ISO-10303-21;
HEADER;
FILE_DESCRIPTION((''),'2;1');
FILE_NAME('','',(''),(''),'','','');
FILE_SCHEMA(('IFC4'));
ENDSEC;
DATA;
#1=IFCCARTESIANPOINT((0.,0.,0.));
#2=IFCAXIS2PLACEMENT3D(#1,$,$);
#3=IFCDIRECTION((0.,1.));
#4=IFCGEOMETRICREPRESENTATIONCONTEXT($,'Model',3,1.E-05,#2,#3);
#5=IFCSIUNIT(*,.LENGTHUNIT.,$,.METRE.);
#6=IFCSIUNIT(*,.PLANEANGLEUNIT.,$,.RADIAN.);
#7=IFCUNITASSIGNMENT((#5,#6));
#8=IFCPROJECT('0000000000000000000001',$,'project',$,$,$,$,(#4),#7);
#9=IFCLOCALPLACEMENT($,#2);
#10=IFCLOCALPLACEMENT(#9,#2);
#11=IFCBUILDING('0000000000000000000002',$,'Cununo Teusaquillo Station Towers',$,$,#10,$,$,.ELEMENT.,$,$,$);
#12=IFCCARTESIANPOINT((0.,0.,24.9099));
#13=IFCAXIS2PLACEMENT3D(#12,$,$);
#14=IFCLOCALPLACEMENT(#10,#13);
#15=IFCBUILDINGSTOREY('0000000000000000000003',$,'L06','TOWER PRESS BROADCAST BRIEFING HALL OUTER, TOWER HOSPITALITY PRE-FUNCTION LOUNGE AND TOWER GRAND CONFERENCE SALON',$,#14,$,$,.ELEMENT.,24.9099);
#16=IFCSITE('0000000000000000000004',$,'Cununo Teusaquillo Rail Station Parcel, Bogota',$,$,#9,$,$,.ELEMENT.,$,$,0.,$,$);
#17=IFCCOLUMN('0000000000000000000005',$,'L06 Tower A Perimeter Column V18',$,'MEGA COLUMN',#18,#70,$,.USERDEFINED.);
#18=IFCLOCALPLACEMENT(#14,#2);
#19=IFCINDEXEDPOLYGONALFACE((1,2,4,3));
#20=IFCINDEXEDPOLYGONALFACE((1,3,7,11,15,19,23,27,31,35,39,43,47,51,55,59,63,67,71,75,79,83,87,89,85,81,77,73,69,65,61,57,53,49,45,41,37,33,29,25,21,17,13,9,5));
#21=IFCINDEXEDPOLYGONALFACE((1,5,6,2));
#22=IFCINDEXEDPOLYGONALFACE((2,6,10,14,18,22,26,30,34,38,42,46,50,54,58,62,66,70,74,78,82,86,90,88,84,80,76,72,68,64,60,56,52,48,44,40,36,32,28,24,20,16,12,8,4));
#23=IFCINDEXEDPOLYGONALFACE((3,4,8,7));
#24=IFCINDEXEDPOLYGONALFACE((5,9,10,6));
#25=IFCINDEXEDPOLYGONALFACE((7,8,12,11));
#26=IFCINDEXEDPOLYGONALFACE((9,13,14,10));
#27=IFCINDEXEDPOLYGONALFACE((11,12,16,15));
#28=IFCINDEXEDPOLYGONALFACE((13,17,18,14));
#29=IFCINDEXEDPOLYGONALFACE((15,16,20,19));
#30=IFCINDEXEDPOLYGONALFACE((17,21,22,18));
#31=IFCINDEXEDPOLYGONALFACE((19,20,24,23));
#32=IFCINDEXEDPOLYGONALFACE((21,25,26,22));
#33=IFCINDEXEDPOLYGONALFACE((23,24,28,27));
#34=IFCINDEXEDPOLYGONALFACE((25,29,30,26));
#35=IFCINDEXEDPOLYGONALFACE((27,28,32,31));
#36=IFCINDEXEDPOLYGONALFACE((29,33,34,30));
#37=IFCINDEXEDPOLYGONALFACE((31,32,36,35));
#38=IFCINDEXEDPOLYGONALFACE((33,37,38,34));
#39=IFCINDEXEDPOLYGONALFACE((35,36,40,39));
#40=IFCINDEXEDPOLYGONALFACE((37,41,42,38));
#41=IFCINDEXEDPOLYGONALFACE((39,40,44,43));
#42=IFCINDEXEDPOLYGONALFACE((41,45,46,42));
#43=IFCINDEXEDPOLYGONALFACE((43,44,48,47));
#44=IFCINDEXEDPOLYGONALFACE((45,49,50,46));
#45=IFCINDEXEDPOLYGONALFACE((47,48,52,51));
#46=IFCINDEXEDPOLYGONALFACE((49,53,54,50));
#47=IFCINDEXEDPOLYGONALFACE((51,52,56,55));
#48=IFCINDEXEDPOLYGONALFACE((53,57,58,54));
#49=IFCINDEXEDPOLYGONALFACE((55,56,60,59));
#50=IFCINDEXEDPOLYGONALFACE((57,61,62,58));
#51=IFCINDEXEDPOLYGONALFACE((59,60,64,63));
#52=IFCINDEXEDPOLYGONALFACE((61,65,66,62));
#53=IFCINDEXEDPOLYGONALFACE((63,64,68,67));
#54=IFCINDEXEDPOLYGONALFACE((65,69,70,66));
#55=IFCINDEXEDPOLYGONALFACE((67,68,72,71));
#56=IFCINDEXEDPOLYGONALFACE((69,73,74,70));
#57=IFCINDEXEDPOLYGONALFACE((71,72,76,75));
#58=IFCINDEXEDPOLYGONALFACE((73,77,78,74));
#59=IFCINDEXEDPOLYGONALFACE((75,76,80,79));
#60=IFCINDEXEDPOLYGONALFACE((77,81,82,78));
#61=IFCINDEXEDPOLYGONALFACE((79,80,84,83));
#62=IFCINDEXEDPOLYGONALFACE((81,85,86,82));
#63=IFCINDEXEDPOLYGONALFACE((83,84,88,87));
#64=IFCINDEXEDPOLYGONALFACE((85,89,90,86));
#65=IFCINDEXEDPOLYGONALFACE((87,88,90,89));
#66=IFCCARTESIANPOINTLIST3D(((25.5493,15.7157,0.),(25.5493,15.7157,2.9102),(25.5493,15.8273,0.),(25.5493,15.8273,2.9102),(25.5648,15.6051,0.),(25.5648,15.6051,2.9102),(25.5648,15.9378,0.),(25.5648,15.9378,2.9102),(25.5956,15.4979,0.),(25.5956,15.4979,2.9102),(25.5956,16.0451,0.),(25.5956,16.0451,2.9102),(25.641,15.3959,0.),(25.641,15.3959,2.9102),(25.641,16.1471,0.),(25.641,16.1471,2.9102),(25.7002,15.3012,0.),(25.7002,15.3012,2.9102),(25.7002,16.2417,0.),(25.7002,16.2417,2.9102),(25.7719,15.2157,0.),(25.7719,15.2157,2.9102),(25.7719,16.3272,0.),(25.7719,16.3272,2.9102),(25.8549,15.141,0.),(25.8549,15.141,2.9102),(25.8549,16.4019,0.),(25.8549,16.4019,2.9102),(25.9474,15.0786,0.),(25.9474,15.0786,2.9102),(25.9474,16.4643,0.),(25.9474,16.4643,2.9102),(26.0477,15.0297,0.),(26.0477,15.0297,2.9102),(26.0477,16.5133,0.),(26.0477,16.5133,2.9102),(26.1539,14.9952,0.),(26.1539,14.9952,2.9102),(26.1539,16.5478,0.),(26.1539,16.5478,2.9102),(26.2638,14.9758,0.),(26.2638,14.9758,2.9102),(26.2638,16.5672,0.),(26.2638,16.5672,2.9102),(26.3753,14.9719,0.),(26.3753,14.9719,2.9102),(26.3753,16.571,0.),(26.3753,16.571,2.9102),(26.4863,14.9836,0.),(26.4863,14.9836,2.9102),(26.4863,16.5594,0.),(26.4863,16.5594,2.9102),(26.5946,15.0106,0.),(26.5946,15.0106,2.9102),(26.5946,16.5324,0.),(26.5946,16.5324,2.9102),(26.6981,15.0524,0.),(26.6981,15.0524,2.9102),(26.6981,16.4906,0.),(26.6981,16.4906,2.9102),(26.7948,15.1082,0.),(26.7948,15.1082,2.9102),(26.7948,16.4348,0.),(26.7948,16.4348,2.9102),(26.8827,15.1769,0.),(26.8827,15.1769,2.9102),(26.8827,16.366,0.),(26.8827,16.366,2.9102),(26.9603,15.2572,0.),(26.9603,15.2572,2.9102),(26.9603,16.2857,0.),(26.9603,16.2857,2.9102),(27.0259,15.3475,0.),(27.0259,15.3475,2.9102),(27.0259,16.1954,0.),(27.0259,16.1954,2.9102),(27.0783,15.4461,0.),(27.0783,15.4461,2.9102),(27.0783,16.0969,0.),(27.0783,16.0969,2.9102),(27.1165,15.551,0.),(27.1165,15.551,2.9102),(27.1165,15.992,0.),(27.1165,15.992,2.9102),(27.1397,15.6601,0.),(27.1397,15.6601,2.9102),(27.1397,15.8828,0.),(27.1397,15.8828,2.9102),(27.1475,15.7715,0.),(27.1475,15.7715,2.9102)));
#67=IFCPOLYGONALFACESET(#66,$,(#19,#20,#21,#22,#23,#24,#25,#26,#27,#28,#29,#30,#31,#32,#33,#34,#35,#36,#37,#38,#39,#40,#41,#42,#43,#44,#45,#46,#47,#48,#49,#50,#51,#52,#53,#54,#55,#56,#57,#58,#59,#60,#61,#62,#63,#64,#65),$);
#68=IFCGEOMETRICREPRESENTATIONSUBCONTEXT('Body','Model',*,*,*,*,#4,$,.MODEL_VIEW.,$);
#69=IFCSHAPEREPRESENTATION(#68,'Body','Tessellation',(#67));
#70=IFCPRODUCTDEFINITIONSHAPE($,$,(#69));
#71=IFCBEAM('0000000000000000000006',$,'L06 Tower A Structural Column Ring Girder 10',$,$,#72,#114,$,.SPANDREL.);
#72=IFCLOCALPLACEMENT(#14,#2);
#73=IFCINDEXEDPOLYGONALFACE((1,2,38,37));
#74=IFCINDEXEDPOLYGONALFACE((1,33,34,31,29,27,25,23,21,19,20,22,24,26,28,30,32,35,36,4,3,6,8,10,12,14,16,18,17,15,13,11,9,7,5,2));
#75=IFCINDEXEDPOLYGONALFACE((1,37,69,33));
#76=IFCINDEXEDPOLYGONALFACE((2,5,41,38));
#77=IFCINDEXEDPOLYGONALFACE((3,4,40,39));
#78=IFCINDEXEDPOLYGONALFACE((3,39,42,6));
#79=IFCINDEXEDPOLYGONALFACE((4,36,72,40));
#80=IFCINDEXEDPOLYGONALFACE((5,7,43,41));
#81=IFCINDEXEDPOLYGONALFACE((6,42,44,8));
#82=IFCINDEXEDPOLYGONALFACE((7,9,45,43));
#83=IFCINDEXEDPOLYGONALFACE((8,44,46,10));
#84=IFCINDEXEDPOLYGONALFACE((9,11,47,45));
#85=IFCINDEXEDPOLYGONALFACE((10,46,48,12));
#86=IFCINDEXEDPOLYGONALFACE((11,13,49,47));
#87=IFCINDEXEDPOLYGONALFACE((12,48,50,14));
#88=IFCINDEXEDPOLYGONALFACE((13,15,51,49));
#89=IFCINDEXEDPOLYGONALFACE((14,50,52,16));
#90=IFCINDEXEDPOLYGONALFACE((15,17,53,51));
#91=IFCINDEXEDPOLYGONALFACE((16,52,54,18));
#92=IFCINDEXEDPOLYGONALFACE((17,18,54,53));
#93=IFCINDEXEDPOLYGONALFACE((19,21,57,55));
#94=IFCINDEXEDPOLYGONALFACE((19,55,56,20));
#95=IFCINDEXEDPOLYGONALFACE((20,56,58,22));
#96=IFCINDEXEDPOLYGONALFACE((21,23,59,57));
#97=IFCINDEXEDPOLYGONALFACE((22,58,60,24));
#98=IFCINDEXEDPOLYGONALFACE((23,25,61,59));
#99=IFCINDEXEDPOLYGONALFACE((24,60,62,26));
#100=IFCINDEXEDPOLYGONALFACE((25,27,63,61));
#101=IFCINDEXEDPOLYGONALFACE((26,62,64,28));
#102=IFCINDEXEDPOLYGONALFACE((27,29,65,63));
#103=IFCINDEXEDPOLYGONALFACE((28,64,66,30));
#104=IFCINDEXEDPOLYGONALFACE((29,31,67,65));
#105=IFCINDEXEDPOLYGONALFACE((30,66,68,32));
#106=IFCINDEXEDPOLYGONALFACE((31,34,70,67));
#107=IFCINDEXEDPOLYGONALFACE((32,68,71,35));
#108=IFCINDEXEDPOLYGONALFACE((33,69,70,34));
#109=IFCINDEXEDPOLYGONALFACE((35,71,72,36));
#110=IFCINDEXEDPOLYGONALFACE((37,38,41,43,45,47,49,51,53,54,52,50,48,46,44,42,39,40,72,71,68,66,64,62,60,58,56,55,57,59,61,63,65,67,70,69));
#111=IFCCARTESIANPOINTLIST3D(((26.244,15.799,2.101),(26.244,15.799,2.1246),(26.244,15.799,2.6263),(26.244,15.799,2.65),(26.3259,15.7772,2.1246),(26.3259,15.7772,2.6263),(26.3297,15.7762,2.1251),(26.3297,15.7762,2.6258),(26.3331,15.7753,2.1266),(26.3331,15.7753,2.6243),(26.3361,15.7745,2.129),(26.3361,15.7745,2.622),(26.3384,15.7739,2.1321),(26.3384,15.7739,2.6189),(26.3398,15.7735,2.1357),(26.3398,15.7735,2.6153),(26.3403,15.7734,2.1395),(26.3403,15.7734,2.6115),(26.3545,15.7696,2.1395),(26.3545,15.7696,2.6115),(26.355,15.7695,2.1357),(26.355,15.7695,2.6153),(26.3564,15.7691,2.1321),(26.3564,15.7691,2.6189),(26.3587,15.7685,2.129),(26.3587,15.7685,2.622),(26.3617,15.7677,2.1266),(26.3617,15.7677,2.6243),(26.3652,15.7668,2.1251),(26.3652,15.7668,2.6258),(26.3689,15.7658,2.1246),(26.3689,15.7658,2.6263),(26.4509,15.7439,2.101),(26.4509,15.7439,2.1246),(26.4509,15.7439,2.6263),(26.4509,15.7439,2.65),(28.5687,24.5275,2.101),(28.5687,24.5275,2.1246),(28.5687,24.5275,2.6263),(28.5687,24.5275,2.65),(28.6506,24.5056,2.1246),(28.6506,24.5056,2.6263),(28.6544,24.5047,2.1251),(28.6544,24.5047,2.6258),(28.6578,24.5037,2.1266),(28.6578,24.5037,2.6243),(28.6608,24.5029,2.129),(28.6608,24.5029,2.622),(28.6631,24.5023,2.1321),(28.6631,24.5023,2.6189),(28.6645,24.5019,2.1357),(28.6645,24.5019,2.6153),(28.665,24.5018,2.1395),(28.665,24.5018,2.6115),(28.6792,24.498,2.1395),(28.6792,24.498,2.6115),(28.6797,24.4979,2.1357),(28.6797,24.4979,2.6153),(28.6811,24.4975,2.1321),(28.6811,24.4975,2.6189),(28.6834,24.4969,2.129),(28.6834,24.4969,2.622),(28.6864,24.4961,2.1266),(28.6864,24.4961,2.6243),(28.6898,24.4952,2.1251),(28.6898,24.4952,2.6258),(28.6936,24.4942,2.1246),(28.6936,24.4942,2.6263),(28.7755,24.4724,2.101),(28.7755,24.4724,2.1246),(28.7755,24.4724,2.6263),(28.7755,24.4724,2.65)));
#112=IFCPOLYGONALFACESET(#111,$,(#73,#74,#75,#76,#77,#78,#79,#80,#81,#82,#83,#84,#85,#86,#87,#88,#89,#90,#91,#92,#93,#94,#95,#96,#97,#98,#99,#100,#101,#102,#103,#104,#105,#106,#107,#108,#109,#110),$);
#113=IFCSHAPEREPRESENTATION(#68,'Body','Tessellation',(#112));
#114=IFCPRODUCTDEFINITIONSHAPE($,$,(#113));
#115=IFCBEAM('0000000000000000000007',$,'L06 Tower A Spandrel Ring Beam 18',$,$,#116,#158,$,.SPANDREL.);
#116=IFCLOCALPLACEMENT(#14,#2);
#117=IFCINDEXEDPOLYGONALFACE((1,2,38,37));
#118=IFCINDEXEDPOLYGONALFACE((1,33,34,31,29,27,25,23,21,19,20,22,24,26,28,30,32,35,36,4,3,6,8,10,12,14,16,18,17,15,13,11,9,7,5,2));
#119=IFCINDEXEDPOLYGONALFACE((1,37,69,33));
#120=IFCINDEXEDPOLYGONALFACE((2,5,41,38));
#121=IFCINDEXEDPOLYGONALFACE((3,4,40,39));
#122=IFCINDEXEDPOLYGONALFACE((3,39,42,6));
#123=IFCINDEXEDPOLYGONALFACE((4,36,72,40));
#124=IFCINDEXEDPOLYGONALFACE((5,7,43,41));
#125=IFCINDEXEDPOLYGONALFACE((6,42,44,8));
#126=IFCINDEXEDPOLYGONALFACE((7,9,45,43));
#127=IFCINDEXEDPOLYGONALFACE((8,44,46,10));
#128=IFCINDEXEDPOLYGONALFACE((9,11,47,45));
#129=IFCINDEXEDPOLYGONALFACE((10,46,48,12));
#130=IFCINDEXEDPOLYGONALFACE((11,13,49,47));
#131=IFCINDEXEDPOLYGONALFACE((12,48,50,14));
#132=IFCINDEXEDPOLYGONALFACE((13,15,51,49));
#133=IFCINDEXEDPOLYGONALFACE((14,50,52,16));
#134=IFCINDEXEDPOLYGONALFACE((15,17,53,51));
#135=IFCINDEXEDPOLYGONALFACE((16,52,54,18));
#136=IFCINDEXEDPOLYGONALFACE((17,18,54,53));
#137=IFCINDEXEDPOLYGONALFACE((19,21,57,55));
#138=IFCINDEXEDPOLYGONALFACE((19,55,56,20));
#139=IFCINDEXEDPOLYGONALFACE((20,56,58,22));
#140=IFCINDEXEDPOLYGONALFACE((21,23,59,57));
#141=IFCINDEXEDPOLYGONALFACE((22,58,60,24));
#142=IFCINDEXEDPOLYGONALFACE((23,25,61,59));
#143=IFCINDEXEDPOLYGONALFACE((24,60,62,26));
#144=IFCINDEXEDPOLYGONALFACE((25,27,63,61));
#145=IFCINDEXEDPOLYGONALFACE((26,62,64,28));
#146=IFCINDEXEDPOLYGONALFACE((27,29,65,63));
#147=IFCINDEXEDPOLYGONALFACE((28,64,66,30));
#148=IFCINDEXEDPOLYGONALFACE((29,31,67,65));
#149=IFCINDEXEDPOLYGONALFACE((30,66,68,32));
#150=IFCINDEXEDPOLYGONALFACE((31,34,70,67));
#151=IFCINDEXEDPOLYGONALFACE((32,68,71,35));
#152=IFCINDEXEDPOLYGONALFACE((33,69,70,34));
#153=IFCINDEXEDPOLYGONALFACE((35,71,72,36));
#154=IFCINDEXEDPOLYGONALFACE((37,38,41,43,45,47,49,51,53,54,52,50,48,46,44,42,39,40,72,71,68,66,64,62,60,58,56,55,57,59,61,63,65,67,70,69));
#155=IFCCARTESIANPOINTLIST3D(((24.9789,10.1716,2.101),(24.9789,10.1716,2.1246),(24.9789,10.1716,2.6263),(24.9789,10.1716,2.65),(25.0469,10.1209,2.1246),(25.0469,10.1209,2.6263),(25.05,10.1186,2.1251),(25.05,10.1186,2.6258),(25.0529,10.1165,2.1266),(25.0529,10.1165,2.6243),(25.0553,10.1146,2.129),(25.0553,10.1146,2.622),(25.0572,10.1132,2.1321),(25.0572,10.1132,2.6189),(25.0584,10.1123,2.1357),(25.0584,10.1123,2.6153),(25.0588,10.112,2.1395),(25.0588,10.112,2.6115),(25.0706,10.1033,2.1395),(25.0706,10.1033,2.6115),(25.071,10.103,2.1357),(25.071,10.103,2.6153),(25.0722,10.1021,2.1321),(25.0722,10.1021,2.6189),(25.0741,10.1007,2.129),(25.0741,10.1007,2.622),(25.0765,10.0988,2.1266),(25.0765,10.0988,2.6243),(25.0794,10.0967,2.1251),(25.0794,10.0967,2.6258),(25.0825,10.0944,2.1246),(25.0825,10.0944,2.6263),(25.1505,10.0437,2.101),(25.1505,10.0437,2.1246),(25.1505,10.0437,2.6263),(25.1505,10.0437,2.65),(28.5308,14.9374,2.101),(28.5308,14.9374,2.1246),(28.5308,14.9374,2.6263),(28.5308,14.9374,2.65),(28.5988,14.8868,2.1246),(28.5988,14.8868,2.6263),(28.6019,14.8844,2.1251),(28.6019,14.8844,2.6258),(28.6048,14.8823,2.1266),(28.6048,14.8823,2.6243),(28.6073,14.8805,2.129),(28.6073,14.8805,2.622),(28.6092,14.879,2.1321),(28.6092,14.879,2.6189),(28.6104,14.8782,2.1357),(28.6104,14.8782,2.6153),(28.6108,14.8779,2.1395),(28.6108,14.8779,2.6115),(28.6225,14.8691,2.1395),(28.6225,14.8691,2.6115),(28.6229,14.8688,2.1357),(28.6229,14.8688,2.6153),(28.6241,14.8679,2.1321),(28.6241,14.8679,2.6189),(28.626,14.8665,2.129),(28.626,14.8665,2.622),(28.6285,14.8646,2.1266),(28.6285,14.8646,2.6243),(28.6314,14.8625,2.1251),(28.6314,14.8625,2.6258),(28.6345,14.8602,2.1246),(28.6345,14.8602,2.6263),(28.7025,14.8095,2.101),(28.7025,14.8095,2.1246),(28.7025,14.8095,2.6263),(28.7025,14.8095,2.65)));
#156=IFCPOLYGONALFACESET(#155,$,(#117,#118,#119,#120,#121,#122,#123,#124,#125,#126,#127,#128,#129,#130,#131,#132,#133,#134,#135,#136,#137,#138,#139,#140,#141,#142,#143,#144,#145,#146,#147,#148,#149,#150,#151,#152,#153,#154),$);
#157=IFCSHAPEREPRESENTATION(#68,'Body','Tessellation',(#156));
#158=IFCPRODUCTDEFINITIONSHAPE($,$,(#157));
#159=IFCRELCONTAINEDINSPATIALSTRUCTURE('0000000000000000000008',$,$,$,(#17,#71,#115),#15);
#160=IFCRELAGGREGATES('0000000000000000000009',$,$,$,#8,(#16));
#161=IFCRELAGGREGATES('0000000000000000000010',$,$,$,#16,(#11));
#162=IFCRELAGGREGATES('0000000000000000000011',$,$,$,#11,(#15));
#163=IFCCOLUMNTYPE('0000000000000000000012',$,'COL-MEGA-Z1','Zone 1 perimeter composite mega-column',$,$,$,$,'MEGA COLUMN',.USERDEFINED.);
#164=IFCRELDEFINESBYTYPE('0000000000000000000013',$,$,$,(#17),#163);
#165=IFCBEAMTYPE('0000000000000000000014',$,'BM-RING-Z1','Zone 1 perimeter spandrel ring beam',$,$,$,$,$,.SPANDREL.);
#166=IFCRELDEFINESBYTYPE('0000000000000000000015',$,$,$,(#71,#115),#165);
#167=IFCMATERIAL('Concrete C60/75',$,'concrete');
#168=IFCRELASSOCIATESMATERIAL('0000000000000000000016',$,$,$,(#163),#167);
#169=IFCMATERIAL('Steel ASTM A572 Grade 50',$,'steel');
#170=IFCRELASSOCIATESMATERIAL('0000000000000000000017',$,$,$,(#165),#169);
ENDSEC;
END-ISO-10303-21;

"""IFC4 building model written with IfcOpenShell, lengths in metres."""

from ifc_helpers import new_model, si_unit, direction, frame, origin, origin_2d, place, context, subcontext, project, spatial, circle, i_section, extrude, material, material_profile, profile_set, type_object, element, save


model = new_model("IFC4")

# Units and contexts
model_context = context("Model", 3, precision=1e-05, world=origin(), true_north=direction((0.0, 1.0)))
body_context = subcontext(model_context, "Body", "Model", "MODEL_VIEW")
ifc_project = project(units=[si_unit("LENGTHUNIT", "METRE"), si_unit("PLANEANGLEUNIT", "RADIAN")], contexts=[model_context])

# Site, building, storey
site_placement = place(None, origin())
site = spatial("IfcSite", under=ifc_project, at=site_placement, Name="Cununo Teusaquillo Rail Station Parcel, Bogota", CompositionType="ELEMENT", RefElevation=0.0)
building_placement = place(site_placement, origin())
building = spatial("IfcBuilding", under=site, at=building_placement, Name="Cununo Teusaquillo Station Towers", CompositionType="ELEMENT")
storey_placement = place(building_placement, frame((0.0, 0.0, 24.9099)))
storey = spatial("IfcBuildingStorey", under=building, at=storey_placement, Name="L06", Description="TOWER PRESS BROADCAST BRIEFING HALL OUTER, TOWER HOSPITALITY PRE-FUNCTION LOUNGE AND TOWER GRAND CONFERENCE SALON", CompositionType="ELEMENT", Elevation=24.9099)

# Column
ifc_material_1 = material(Name="Concrete C60/75", Category="concrete")
ifc_material_profile_1 = material_profile(ifc_material_1, circle(Radius=0.8, at=origin_2d()), Name="RC-CIRC-1600")
ifc_profile_set_1 = profile_set([ifc_material_profile_1], Name="Concrete C60/75")
column_type = type_object("IfcColumnType", Name="COL-MEGA-Z1", Description="Zone 1 perimeter composite mega-column", ElementType="MEGA COLUMN", PredefinedType="USERDEFINED", material=ifc_profile_set_1)
column_placement = place(storey_placement, frame((26.3474, 15.7715, 0.0), z_axis=(0.0, 0.0, 1.0), x_axis=(1.0, 0.0, 0.0)))
element("IfcColumn", 1, at=column_placement, inside=storey, type_object=column_type, Name="L06 Tower A Perimeter Column V18", ObjectType="MEGA COLUMN", PredefinedType="USERDEFINED", context=body_context, shape_type="SweptSolid", body=[
    extrude(circle(Radius=0.8, at=origin_2d()), origin(), (0.0, 0.0, 1.0), 2.9102),
])

# Beams
ifc_material_2 = material(Name="Steel ASTM A572 Grade 50", Category="steel")
ifc_material_profile_2 = material_profile(ifc_material_2, i_section(OverallWidth=0.2141, OverallDepth=0.5491, WebThickness=0.0146, FlangeThickness=0.0237, FilletRadius=0.0149, at=origin_2d()), Name="W21X93")
ifc_profile_set_2 = profile_set([ifc_material_profile_2], Name="Steel ASTM A572 Grade 50")
beam_type = type_object("IfcBeamType", Name="BM-RING-Z1", Description="Zone 1 perimeter spandrel ring beam", PredefinedType="SPANDREL", material=ifc_profile_set_2)
beam_1_placement = place(storey_placement, frame((26.3474, 15.7715, 2.3755), z_axis=(0.257363, 0.966315, 0.0), x_axis=(-0.966315, 0.257363, 0.0)))
element("IfcBeam", 2, at=beam_1_placement, inside=storey, type_object=beam_type, Name="L06 Tower A Structural Column Ring Girder 10", PredefinedType="SPANDREL", context=body_context, shape_type="SweptSolid", body=[
    extrude(i_section(OverallWidth=0.2141, OverallDepth=0.5491, WebThickness=0.0146, FlangeThickness=0.0237, FilletRadius=0.0149, at=origin_2d()), origin(), (0.0, 0.0, 1.0), 9.0327),
])
beam_2_placement = place(storey_placement, frame((25.0647, 10.1077, 2.3755), z_axis=(0.597585, 0.801805, 0.0), x_axis=(-0.801805, 0.597585, 0.0)))
element("IfcBeam", 3, at=beam_2_placement, inside=storey, type_object=beam_type, Name="L06 Tower A Spandrel Ring Beam 18", PredefinedType="SPANDREL", context=body_context, shape_type="SweptSolid", body=[
    extrude(i_section(OverallWidth=0.2141, OverallDepth=0.5491, WebThickness=0.0146, FlangeThickness=0.0237, FilletRadius=0.0149, at=origin_2d()), origin(), (0.0, 0.0, 1.0), 5.9438),
])

save(model, "model.ifc")
